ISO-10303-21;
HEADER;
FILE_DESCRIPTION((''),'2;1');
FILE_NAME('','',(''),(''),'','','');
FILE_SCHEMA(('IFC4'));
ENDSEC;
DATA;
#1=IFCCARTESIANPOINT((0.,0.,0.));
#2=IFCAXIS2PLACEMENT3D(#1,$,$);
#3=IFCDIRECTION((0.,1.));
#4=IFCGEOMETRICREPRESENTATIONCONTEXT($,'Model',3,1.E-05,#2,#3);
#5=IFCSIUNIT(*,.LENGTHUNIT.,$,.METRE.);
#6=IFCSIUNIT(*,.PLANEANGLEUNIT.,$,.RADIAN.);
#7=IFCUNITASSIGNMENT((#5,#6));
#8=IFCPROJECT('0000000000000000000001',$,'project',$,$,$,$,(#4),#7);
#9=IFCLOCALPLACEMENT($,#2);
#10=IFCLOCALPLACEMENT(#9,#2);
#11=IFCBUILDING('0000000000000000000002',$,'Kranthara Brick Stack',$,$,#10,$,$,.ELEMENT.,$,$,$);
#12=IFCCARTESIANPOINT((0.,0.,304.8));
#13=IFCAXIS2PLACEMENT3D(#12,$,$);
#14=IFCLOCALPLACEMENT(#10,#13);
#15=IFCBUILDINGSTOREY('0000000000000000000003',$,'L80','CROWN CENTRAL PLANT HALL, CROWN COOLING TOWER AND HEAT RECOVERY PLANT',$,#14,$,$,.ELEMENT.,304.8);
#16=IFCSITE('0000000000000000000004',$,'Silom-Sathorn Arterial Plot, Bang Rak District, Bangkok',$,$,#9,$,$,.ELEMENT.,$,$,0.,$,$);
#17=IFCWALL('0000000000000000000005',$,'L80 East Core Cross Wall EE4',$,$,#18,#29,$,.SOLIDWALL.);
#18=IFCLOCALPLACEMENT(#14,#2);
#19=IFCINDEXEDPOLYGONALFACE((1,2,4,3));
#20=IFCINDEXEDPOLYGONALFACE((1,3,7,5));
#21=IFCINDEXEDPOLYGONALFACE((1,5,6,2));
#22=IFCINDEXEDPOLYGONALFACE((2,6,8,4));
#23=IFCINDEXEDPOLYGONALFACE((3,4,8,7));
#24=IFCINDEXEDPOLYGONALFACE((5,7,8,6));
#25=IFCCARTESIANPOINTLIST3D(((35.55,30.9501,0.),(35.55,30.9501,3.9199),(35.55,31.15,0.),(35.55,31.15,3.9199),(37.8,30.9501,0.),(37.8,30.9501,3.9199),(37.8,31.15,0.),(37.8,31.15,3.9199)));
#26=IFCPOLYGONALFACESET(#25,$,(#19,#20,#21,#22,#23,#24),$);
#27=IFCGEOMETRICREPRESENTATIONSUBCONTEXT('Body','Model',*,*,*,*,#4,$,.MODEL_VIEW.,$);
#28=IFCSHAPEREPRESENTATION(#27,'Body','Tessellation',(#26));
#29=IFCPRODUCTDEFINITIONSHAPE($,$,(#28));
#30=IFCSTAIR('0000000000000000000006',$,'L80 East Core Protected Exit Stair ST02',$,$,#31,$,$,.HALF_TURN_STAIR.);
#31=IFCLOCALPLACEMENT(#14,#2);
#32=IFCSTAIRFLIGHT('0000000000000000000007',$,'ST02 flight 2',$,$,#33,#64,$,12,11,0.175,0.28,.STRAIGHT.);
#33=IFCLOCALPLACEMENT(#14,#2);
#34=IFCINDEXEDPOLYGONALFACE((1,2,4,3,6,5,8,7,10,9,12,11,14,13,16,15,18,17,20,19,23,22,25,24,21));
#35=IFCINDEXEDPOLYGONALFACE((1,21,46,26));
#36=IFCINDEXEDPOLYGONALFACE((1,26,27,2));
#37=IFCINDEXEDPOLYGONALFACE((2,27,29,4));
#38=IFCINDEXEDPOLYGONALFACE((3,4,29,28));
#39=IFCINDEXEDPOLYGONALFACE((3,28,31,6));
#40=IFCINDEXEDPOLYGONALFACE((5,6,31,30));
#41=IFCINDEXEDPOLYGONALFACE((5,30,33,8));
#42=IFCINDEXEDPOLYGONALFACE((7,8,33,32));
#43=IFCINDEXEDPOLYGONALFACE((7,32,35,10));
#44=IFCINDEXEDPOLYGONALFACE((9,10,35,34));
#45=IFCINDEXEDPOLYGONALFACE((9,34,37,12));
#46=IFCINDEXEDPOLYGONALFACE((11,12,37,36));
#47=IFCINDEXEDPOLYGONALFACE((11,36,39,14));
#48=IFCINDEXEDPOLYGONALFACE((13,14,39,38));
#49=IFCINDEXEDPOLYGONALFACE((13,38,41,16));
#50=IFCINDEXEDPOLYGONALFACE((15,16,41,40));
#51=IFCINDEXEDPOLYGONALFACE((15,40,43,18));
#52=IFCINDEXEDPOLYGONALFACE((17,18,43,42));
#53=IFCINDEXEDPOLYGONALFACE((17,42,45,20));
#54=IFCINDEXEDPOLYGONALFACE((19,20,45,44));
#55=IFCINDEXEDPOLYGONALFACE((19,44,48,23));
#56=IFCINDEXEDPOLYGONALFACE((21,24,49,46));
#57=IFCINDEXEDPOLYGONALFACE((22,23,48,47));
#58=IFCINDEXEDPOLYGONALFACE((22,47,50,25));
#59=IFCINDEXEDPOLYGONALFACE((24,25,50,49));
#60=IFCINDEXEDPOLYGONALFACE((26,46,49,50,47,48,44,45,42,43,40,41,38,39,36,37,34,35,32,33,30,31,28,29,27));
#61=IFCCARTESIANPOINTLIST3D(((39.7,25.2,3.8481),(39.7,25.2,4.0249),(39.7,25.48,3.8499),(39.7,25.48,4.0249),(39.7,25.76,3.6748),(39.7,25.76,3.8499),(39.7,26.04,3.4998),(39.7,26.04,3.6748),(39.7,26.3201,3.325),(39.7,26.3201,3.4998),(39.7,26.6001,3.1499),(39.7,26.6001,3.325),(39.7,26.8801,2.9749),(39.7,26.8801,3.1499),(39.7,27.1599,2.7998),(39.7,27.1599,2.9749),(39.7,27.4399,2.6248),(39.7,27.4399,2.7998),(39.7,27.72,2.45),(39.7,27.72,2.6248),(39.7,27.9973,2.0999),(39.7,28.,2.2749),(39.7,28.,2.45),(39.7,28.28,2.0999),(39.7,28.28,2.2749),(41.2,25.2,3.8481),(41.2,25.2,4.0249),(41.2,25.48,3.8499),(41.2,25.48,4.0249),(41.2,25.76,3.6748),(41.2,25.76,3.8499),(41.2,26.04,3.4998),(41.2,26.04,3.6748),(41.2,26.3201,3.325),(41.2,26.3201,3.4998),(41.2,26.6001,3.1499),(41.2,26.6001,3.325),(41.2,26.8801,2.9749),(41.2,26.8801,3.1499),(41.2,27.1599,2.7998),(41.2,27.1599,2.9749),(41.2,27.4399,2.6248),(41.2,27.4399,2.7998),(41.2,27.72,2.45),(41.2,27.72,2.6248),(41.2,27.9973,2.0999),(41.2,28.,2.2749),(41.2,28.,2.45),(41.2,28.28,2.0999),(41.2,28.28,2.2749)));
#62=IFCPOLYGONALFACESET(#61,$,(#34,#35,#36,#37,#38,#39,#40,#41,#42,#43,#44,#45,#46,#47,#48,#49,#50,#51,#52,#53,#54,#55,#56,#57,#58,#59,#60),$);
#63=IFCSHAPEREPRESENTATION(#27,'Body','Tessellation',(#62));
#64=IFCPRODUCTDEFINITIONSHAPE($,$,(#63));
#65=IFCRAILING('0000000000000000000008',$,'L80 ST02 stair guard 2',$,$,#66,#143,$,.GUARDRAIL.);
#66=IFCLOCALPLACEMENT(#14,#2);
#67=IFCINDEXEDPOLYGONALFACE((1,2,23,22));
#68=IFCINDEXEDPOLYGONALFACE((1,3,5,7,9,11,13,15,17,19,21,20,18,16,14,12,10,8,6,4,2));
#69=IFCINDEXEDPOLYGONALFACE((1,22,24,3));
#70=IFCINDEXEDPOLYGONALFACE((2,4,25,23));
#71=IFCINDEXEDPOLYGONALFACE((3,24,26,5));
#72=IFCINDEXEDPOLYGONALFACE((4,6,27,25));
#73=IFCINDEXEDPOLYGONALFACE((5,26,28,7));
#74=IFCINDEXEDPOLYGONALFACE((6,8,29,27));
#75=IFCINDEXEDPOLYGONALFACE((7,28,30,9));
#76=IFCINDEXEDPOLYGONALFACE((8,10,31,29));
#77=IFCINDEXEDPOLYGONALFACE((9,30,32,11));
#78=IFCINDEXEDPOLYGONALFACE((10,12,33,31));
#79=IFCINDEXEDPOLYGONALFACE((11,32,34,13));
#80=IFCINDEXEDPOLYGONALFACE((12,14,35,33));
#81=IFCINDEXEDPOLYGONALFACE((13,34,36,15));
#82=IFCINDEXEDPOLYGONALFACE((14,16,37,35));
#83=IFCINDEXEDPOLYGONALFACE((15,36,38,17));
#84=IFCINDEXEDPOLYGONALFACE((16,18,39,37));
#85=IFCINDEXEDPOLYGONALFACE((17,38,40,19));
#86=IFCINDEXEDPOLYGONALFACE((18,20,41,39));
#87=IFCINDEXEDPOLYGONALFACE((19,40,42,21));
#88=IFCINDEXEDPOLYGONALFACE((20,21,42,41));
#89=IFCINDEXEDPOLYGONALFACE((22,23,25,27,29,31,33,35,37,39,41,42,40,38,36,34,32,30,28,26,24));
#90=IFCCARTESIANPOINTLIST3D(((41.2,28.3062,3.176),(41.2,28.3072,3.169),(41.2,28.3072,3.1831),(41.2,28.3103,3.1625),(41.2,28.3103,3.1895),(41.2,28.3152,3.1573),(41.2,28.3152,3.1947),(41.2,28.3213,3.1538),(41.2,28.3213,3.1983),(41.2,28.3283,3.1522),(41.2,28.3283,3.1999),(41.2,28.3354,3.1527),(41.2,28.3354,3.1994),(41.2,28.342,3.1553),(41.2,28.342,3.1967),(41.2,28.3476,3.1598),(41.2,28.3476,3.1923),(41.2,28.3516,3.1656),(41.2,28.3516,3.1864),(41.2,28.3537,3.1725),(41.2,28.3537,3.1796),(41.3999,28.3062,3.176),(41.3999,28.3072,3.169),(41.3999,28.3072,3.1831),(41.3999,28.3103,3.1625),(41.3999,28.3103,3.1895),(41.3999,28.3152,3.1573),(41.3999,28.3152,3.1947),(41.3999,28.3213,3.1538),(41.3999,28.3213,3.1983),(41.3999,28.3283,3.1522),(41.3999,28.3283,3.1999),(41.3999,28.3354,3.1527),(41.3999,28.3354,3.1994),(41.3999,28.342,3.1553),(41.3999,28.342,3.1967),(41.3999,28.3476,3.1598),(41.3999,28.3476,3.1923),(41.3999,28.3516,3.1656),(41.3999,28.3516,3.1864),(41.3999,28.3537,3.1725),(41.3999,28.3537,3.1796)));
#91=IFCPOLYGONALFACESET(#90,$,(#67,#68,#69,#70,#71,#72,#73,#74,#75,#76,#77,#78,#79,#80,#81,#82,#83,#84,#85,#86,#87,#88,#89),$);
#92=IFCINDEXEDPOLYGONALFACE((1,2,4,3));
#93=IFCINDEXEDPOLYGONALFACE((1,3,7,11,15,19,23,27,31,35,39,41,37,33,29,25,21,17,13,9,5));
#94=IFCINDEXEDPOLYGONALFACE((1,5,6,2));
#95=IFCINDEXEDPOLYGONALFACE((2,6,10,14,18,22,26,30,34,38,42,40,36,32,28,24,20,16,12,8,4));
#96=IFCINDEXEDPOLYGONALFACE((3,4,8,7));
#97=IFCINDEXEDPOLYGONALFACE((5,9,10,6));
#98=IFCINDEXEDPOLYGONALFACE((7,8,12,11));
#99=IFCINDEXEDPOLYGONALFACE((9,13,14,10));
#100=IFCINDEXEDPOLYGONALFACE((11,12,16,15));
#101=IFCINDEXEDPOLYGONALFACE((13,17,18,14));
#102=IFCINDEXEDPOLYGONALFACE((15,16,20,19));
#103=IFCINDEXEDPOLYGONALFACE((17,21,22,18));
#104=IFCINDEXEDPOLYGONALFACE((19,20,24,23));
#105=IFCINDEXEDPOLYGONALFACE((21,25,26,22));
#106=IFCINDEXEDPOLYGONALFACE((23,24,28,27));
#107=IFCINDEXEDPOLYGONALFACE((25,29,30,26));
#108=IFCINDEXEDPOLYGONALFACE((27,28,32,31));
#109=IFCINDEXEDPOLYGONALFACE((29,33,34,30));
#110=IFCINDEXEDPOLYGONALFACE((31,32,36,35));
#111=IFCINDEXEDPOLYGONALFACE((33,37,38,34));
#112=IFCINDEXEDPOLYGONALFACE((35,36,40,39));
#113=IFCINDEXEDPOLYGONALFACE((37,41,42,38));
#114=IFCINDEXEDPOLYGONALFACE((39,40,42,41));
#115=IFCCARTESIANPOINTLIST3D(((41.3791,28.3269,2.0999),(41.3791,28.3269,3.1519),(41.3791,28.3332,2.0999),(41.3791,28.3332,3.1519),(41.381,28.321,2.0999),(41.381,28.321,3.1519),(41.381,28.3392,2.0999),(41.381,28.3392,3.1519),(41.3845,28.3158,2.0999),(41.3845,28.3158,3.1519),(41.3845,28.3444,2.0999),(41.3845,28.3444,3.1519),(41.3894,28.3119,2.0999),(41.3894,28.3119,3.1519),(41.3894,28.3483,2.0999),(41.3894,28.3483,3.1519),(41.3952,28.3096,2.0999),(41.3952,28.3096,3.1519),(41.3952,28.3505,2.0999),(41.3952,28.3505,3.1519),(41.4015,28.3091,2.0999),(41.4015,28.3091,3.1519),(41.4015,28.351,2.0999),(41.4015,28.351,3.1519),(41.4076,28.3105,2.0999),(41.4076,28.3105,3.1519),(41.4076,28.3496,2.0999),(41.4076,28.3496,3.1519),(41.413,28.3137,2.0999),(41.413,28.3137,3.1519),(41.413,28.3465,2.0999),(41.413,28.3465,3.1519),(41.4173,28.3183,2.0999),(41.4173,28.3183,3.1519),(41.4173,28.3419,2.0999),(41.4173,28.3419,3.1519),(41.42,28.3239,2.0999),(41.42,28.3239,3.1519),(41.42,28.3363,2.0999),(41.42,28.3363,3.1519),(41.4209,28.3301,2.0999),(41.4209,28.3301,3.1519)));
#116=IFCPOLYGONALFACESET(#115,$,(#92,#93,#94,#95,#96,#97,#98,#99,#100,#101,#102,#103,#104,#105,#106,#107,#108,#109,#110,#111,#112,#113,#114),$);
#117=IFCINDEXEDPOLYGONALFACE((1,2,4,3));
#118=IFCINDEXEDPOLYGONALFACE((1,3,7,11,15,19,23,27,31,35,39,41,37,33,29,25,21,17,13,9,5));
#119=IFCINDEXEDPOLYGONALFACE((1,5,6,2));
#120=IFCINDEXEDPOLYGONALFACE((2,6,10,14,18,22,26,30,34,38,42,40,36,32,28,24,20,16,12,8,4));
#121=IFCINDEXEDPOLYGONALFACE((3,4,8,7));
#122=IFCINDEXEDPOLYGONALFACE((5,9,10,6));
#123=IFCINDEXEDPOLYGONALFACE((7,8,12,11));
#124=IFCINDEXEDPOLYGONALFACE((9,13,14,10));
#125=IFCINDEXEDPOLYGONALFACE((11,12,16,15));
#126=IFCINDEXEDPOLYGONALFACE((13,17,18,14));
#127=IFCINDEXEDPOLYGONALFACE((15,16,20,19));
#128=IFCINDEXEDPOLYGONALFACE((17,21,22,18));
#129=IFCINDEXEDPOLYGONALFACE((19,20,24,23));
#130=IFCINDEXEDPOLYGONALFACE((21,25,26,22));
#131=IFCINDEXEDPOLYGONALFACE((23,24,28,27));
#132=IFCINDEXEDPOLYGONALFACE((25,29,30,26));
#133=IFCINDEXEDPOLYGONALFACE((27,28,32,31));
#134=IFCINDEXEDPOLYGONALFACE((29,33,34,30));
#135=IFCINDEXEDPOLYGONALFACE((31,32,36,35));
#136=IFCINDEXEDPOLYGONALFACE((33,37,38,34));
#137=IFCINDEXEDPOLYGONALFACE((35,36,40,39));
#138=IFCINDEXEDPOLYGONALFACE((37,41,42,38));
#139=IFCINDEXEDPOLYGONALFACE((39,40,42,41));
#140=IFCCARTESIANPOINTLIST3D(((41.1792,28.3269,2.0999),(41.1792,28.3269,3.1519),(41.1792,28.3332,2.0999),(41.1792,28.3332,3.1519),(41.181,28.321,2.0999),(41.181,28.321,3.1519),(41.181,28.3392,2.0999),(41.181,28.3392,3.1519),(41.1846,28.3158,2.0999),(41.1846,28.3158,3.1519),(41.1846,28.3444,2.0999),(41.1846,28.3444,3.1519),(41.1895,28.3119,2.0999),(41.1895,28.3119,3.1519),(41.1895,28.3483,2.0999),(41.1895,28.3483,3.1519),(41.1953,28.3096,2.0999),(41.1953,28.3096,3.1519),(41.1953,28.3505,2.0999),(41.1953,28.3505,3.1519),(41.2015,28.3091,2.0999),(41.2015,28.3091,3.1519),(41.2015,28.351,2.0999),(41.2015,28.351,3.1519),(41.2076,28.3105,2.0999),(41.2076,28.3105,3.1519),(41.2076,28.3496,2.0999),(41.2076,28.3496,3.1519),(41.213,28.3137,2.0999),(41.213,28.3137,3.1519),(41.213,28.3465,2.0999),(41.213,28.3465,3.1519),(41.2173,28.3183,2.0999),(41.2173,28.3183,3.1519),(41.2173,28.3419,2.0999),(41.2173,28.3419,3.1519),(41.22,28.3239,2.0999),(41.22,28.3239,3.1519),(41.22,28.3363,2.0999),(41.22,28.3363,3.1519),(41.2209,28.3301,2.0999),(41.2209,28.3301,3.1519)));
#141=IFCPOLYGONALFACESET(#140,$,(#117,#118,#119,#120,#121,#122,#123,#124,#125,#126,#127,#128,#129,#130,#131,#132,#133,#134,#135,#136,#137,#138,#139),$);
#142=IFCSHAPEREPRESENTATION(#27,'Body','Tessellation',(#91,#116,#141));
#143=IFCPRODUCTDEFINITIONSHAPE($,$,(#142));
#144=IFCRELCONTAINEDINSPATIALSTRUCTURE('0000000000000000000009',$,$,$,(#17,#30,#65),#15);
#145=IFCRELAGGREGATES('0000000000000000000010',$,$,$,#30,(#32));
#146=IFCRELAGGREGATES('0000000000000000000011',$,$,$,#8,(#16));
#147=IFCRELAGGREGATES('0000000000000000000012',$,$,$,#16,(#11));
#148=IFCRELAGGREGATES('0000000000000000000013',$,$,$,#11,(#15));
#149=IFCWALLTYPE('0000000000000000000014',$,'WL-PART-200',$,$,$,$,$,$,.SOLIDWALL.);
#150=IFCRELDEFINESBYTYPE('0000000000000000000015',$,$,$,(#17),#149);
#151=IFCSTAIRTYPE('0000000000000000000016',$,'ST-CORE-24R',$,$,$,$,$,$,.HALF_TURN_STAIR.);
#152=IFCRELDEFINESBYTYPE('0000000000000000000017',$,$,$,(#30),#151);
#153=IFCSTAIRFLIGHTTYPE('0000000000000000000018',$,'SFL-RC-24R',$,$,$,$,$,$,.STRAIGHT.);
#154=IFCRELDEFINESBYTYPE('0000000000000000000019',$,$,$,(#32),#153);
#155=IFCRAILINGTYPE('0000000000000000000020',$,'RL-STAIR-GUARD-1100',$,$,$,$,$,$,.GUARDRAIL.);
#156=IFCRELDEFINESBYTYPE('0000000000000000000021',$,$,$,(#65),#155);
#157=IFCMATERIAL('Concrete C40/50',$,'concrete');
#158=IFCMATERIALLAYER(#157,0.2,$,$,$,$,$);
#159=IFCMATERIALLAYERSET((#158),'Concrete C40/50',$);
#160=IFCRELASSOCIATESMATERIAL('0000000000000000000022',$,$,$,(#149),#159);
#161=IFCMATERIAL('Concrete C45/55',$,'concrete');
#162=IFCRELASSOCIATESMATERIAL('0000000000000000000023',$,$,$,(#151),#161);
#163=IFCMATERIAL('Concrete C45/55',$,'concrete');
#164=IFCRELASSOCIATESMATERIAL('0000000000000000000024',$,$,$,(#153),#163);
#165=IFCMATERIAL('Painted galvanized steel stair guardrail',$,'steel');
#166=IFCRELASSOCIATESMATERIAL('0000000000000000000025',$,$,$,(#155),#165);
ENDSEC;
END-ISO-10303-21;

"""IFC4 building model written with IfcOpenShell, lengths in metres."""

from ifc_helpers import new_model, si_unit, direction, frame, frame_2d, origin, origin_2d, place, context, subcontext, project, spatial, polyline, rectangle, circle, outline, extrude, material, layer, layer_set, type_object, element, aggregate, save


model = new_model("IFC4")

# Units and contexts
model_context = context("Model", 3, precision=1e-05, world=origin(), true_north=direction((0.0, 1.0)))
body_context = subcontext(model_context, "Body", "Model", "MODEL_VIEW")
ifc_project = project(units=[si_unit("LENGTHUNIT", "METRE"), si_unit("PLANEANGLEUNIT", "RADIAN")], contexts=[model_context])

# Site, building, storey
site_placement = place(None, origin())
site = spatial("IfcSite", under=ifc_project, at=site_placement, Name="Silom-Sathorn Arterial Plot, Bang Rak District, Bangkok", CompositionType="ELEMENT", RefElevation=0.0)
building_placement = place(site_placement, origin())
building = spatial("IfcBuilding", under=site, at=building_placement, Name="Kranthara Brick Stack", CompositionType="ELEMENT")
storey_placement = place(building_placement, frame((0.0, 0.0, 304.8)))
storey = spatial("IfcBuildingStorey", under=building, at=storey_placement, Name="L80", Description="CROWN CENTRAL PLANT HALL, CROWN COOLING TOWER AND HEAT RECOVERY PLANT", CompositionType="ELEMENT", Elevation=304.8)

# Wall
ifc_material_1 = material(Name="Concrete C40/50", Category="concrete")
ifc_layer_1 = layer(ifc_material_1, 0.2)
ifc_layer_set_1 = layer_set([ifc_layer_1], Name="Concrete C40/50")
wall_type_1 = type_object("IfcWallType", Name="WL-PART-200", PredefinedType="SOLIDWALL", material=ifc_layer_set_1)
wall_1_placement = place(storey_placement, frame((35.55, 31.05, 0.0), z_axis=(0.0, 0.0, 1.0), x_axis=(1.0, 0.0, 0.0)))
element("IfcWall", 1, at=wall_1_placement, inside=storey, type_object=wall_type_1, Name="L80 East Core Cross Wall EE4", PredefinedType="SOLIDWALL", context=body_context, shape_type="SweptSolid", body=[
    extrude(rectangle(XDim=2.25, YDim=0.2, at=frame_2d((1.125, 0.0))), origin(), (0.0, 0.0, 1.0), 3.9199),
])

# Stair, stair flight
ifc_material_2 = material(Name="Concrete C45/55", Category="concrete")
stair_type = type_object("IfcStairType", Name="ST-CORE-24R", PredefinedType="HALF_TURN_STAIR", material=ifc_material_2)
stair_placement = place(storey_placement, origin())
stair = element("IfcStair", 2, at=stair_placement, inside=storey, type_object=stair_type, Name="L80 East Core Protected Exit Stair ST02", PredefinedType="HALF_TURN_STAIR")
ifc_material_3 = material(Name="Concrete C45/55", Category="concrete")
stair_flight_type = type_object("IfcStairFlightType", Name="SFL-RC-24R", PredefinedType="STRAIGHT", material=ifc_material_3)
stair_flight_placement = place(storey_placement, frame((40.45, 28.28, 2.0999), z_axis=(0.0, 0.0, 1.0), x_axis=(0.0, -1.0, 0.0)))
stair_flight = element("IfcStairFlight", 3, at=stair_flight_placement, type_object=stair_flight_type, Name="ST02 flight 2", NumberOfRisers=12, NumberOfTreads=11, PredefinedType="STRAIGHT", RiserHeight=0.175, TreadLength=0.28, context=body_context, shape_type="SweptSolid", body=[
    extrude(outline(polyline([(0.0, 0.0), (0.0, 0.175), (0.28, 0.175), (0.28, 0.3501), (0.5601, 0.3501), (0.5601, 0.5249), (0.8401, 0.5249), (0.8401, 0.7), (1.1201, 0.7), (1.1201, 0.875), (1.3999, 0.875), (1.3999, 1.05), (1.6799, 1.05), (1.6799, 1.2251), (1.96, 1.2251), (1.96, 1.3999), (2.24, 1.3999), (2.24, 1.575), (2.52, 1.575), (2.52, 1.75), (2.8, 1.75), (2.8, 1.925), (3.0801, 1.925), (3.0801, 2.1001), (3.0801, 1.7483), (0.2827, 0.0), (0.0, 0.0)])), frame((0.0, 0.75, 0.0), z_axis=(0.0, -1.0, 0.0), x_axis=(1.0, 0.0, 0.0)), (0.0, 0.0, 1.0), 1.5),
])
aggregate(stair, [stair_flight])

# Railing
ifc_material_4 = material(Name="Painted galvanized steel stair guardrail", Category="steel")
railing_type_1 = type_object("IfcRailingType", Name="RL-STAIR-GUARD-1100", PredefinedType="GUARDRAIL", material=ifc_material_4)
railing_1_placement = place(storey_placement, frame((41.3999, 28.3301, 2.0999)))
element("IfcRailing", 4, at=railing_1_placement, inside=storey, type_object=railing_type_1, Name="L80 ST02 stair guard 2", PredefinedType="GUARDRAIL", context=body_context, shape_type="SweptSolid", body=[
    extrude(circle(Radius=0.0239, at=origin_2d()), frame((0.0, 0.0, 1.0762), z_axis=(-1.0, 0.0, 0.0), x_axis=(0.0, -1.0, 0.0)), (0.0, 0.0, 1.0), 0.2),
    extrude(circle(Radius=0.021, at=origin_2d()), origin(), (0.0, 0.0, 1.0), 1.052),
    extrude(circle(Radius=0.021, at=origin_2d()), frame((-0.2, 0.0, 0.0)), (0.0, 0.0, 1.0), 1.052),
])

save(model, "model.ifc")
